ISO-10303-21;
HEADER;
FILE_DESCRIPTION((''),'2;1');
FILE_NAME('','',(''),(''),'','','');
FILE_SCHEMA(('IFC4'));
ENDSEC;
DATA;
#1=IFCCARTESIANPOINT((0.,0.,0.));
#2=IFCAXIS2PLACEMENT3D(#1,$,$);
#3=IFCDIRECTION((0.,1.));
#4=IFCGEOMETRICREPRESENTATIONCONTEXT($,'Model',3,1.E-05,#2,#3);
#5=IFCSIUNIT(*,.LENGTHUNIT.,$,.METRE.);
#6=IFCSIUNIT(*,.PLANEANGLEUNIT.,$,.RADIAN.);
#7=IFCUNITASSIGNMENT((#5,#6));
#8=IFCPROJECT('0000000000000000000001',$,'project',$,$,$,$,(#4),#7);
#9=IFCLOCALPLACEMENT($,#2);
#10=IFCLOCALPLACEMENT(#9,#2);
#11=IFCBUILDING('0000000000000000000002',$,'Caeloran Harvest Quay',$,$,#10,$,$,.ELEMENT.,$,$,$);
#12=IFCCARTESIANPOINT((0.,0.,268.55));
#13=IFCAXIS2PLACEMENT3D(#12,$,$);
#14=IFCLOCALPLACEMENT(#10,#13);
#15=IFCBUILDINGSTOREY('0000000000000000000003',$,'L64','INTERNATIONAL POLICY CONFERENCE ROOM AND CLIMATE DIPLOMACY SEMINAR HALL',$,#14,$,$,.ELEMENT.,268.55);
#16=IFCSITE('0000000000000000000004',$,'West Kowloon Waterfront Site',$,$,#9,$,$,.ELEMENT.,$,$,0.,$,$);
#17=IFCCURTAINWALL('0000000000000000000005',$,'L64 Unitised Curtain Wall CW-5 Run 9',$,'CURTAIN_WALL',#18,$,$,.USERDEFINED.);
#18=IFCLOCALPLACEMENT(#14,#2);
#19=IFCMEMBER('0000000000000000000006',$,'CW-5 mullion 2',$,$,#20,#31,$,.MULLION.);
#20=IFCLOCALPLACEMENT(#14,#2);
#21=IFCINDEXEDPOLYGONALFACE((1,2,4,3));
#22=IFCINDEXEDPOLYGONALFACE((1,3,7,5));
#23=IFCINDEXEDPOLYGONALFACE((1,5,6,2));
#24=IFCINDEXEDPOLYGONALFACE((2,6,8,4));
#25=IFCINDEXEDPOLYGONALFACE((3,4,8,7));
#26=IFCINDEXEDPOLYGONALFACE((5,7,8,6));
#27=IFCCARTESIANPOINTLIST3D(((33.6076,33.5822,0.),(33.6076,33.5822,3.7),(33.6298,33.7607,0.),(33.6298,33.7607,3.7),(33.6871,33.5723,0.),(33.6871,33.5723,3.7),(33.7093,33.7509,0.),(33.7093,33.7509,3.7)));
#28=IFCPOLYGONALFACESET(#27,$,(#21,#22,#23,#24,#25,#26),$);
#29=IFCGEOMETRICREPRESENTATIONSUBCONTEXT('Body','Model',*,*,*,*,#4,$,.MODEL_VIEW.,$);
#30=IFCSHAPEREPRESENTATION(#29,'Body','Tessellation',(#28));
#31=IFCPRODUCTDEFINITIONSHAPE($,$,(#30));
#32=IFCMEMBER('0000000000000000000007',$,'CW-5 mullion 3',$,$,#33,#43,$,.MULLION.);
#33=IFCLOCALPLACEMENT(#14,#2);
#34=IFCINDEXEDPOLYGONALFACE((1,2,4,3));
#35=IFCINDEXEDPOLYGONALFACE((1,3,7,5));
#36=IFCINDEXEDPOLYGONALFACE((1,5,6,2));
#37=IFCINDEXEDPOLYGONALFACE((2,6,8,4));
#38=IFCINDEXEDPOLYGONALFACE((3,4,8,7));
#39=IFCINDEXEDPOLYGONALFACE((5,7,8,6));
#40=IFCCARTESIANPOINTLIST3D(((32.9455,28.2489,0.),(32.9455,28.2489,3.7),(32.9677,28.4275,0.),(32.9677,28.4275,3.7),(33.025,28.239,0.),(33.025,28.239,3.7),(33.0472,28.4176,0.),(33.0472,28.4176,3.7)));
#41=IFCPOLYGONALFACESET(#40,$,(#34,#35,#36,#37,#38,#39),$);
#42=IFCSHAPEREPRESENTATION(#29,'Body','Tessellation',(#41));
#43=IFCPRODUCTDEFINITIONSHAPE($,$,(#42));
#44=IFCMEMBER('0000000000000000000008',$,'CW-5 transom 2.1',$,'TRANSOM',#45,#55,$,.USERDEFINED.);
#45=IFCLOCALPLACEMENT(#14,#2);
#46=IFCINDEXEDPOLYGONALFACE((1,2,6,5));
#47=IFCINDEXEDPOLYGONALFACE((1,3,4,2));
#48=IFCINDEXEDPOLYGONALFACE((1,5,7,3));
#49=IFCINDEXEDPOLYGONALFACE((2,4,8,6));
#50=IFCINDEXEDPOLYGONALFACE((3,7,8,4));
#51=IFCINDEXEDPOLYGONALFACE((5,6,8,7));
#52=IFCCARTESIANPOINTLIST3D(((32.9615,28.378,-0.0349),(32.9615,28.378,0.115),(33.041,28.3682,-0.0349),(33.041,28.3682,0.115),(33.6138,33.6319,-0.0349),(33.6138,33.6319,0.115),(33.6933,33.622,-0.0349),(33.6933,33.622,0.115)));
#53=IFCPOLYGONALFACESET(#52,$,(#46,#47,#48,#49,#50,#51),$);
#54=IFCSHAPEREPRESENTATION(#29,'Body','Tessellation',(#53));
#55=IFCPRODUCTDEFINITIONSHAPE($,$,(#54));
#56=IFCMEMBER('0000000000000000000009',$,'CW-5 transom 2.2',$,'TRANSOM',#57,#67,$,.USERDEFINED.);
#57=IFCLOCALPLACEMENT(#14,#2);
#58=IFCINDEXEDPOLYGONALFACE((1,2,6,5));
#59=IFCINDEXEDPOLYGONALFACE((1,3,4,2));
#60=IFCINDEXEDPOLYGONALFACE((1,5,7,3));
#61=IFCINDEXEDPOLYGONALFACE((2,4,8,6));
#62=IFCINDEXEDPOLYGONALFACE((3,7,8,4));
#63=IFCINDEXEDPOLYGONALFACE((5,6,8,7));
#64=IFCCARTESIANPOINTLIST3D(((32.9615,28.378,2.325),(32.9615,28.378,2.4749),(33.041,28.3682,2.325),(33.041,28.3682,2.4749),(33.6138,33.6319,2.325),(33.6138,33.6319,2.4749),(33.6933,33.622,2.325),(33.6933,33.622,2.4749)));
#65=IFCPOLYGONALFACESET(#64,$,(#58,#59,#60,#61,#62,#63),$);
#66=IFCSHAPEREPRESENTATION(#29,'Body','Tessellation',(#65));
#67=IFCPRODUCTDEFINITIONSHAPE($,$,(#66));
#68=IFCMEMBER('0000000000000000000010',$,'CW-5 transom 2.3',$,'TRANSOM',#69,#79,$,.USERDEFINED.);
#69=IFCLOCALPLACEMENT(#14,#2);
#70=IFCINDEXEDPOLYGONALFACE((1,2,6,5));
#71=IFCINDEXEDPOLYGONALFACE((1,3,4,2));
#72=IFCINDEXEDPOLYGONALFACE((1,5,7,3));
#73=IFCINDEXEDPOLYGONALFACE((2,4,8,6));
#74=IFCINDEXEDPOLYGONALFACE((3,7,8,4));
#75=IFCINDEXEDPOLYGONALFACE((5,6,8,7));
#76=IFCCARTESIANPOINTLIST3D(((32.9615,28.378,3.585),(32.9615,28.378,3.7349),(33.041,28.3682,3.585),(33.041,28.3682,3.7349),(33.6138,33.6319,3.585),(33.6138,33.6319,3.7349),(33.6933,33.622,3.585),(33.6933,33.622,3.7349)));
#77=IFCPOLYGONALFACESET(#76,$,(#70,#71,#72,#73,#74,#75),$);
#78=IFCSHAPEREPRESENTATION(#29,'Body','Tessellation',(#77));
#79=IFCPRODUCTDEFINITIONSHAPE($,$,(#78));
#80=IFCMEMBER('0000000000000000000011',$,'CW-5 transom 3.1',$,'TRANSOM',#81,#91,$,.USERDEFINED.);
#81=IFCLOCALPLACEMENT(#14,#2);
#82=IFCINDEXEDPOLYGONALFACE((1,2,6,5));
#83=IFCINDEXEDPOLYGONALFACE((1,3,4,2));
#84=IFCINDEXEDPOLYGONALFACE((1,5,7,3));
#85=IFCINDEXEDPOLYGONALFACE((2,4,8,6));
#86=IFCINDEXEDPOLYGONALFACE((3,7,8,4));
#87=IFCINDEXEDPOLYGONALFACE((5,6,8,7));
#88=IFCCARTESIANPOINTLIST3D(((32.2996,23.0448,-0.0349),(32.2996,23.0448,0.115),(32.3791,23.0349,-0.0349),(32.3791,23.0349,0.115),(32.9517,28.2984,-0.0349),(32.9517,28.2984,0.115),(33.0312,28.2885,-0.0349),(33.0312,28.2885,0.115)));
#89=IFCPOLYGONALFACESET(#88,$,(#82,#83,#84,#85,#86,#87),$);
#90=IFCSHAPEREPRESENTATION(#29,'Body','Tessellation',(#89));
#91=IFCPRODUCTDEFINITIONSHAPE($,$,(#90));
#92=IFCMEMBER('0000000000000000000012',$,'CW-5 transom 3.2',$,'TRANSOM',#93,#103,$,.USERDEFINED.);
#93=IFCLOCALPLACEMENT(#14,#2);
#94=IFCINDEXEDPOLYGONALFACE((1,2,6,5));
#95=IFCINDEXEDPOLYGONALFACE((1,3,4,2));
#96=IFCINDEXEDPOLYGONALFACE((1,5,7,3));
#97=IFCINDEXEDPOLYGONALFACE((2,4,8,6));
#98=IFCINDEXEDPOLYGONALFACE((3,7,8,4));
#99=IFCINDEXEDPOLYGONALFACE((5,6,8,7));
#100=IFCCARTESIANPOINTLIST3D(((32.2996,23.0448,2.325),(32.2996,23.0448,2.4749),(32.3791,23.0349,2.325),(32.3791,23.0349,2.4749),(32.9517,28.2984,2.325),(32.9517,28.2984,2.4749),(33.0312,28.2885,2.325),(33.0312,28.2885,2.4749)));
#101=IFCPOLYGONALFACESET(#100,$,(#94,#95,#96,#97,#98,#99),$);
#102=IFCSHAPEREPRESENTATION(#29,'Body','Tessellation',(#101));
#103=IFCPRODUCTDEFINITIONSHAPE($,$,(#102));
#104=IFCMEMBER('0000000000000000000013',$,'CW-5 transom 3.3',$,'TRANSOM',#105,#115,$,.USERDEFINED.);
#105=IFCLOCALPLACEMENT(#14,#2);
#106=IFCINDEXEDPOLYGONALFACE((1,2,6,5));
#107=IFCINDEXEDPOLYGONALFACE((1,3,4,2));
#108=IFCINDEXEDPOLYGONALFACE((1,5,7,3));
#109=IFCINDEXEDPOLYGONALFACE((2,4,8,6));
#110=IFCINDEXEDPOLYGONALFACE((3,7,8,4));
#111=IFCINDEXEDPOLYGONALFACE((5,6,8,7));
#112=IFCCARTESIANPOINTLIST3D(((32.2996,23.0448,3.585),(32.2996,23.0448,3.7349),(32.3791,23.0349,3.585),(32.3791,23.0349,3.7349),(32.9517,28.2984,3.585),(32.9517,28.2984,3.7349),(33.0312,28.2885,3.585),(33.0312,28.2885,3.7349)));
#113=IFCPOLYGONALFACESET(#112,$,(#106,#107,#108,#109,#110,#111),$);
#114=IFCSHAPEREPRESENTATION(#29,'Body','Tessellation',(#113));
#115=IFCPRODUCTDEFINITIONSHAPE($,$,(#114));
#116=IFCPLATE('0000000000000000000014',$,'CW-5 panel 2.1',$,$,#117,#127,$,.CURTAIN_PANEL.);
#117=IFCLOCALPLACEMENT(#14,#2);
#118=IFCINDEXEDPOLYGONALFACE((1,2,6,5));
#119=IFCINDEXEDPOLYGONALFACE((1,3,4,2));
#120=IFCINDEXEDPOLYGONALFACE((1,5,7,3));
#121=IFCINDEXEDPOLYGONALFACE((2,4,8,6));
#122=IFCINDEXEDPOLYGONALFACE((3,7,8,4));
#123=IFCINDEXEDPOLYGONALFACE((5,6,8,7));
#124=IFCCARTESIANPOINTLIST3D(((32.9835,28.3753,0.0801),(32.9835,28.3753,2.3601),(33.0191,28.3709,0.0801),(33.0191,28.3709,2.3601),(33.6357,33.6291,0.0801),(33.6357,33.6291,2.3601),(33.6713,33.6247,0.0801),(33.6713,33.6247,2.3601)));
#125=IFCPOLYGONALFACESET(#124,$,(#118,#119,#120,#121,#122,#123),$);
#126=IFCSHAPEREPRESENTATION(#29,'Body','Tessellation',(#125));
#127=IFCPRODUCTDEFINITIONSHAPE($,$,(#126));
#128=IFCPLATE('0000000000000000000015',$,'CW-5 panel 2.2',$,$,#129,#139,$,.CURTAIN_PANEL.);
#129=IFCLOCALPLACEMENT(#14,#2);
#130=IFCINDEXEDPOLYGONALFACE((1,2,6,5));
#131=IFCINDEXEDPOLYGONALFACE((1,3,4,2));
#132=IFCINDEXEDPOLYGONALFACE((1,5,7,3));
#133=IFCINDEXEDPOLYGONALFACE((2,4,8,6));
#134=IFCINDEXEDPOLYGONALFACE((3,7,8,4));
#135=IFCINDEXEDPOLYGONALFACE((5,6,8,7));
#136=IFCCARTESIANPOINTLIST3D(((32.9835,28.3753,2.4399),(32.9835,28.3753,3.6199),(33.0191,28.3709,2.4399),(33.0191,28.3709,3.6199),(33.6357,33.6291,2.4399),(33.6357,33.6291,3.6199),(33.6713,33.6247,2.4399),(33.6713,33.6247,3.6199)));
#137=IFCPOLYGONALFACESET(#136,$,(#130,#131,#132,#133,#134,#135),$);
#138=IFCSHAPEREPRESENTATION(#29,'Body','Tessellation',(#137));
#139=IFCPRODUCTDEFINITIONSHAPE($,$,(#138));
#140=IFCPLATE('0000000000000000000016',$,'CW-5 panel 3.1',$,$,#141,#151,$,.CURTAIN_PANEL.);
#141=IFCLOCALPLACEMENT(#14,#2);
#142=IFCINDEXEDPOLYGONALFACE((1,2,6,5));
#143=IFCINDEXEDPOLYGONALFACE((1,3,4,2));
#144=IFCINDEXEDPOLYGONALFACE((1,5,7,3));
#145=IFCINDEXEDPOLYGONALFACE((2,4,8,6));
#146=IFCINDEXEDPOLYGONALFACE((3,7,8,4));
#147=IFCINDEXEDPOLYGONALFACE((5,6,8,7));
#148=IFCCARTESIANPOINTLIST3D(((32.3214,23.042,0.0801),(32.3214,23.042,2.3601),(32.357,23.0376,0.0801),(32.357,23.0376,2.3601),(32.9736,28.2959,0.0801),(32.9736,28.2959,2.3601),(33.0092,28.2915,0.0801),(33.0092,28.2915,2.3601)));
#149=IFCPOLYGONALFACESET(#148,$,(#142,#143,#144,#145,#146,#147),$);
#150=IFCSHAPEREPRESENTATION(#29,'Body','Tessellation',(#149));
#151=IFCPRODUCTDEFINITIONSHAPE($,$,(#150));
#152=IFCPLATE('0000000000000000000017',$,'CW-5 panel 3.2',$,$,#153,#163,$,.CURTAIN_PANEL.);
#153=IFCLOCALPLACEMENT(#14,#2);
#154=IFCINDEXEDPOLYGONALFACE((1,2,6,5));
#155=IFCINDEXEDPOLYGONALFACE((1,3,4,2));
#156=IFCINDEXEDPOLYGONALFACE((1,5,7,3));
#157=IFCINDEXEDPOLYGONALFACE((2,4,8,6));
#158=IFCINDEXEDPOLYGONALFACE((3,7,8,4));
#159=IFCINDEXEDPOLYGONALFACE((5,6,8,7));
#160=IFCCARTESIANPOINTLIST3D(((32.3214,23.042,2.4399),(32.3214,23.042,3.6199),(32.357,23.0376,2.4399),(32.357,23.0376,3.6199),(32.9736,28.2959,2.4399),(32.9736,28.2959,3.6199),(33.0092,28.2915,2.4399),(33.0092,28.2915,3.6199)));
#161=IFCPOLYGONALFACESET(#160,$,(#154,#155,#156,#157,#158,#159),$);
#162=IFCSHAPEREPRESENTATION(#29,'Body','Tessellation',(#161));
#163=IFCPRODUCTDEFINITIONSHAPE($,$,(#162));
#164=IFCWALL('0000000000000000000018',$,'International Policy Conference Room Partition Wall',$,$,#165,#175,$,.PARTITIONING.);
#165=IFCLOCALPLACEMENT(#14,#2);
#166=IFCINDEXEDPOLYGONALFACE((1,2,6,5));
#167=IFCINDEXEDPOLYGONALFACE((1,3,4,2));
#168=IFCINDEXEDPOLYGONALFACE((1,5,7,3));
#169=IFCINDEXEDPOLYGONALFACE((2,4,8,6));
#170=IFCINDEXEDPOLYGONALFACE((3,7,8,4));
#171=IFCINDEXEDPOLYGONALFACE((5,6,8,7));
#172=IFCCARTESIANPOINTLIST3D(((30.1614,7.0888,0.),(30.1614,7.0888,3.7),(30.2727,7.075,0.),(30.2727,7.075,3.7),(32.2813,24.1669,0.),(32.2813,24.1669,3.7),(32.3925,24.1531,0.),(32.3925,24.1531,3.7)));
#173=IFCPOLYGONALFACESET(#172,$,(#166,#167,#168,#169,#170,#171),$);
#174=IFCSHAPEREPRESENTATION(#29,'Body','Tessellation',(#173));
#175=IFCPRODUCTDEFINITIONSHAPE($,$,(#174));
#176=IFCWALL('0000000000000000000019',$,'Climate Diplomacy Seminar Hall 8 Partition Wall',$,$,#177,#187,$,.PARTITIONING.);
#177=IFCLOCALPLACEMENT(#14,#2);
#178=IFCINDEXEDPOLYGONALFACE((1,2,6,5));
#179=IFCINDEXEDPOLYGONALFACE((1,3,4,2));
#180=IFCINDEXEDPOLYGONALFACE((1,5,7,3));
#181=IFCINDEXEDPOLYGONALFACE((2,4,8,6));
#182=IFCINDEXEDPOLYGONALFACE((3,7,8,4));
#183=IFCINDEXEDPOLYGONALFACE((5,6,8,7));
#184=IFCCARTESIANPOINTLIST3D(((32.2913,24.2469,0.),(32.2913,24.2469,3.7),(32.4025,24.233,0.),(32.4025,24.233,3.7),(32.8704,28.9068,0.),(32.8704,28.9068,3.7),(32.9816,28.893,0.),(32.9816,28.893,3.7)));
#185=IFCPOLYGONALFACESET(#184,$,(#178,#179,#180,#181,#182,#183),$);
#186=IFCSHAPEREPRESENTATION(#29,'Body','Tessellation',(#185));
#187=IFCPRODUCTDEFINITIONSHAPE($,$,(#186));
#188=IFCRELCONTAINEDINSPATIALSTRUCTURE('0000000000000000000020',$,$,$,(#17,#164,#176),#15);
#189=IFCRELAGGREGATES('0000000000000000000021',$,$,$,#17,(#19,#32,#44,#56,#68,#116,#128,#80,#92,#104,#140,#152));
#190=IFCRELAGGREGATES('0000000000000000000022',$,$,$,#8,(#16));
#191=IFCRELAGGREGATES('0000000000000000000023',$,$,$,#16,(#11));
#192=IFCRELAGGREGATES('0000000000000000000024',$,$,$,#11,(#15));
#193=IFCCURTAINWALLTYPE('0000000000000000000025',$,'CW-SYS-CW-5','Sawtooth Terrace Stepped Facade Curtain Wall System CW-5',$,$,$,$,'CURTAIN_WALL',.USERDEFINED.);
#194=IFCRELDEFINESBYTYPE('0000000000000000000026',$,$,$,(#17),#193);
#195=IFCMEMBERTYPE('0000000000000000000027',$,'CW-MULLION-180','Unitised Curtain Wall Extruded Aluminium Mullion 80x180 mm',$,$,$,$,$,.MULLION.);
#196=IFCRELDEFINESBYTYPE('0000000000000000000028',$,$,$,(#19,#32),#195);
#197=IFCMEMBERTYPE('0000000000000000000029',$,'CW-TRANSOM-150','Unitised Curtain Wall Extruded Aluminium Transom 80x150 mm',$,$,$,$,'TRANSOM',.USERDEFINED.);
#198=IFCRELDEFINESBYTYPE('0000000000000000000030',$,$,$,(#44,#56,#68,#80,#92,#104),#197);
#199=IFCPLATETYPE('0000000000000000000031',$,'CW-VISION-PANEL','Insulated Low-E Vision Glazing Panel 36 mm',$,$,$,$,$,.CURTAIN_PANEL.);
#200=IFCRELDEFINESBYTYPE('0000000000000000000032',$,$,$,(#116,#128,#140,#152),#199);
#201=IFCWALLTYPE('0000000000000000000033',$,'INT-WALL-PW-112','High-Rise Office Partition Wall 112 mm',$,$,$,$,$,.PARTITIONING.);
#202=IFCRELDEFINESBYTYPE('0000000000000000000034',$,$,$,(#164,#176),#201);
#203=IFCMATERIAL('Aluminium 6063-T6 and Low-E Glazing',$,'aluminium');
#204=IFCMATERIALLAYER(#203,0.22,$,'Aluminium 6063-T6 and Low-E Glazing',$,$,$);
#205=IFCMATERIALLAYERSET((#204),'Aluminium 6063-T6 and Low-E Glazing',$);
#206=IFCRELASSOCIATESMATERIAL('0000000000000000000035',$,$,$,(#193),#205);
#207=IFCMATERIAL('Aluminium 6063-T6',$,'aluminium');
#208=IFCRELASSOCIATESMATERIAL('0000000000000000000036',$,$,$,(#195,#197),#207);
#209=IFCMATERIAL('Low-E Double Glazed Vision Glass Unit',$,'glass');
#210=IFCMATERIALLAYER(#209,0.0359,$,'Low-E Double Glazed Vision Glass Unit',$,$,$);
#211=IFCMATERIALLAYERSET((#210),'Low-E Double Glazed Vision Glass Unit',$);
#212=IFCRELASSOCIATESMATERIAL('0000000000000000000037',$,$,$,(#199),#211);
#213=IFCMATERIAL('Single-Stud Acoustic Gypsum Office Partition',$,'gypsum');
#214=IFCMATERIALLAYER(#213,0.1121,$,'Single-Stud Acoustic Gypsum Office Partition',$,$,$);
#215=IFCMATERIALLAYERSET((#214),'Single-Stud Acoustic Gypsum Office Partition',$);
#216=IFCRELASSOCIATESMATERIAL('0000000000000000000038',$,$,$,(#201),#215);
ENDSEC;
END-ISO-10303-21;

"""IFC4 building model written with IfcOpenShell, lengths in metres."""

from ifc_helpers import new_model, si_unit, direction, frame, frame_2d, origin, origin_2d, place, context, subcontext, project, spatial, rectangle, extrude, material, layer, layer_set, material_profile, profile_set, type_object, element, aggregate, save


model = new_model("IFC4")

# Units and contexts
model_context = context("Model", 3, precision=1e-05, world=origin(), true_north=direction((0.0, 1.0)))
body_context = subcontext(model_context, "Body", "Model", "MODEL_VIEW")
ifc_project = project(units=[si_unit("LENGTHUNIT", "METRE"), si_unit("PLANEANGLEUNIT", "RADIAN")], contexts=[model_context])

# Site, building, storey
site_placement = place(None, origin())
site = spatial("IfcSite", under=ifc_project, at=site_placement, Name="West Kowloon Waterfront Site", CompositionType="ELEMENT", RefElevation=0.0)
building_placement = place(site_placement, origin())
building = spatial("IfcBuilding", under=site, at=building_placement, Name="Caeloran Harvest Quay", CompositionType="ELEMENT")
storey_placement = place(building_placement, frame((0.0, 0.0, 268.55)))
storey = spatial("IfcBuildingStorey", under=building, at=storey_placement, Name="L64", Description="INTERNATIONAL POLICY CONFERENCE ROOM AND CLIMATE DIPLOMACY SEMINAR HALL", CompositionType="ELEMENT", Elevation=268.55)

# Curtain wall, members, plates
ifc_material_1 = material(Name="Aluminium 6063-T6 and Low-E Glazing", Category="aluminium")
ifc_layer_1 = layer(ifc_material_1, 0.22, Name="Aluminium 6063-T6 and Low-E Glazing")
ifc_layer_set_1 = layer_set([ifc_layer_1], Name="Aluminium 6063-T6 and Low-E Glazing")
curtain_wall_type = type_object("IfcCurtainWallType", Name="CW-SYS-CW-5", Description="Sawtooth Terrace Stepped Facade Curtain Wall System CW-5", ElementType="CURTAIN_WALL", PredefinedType="USERDEFINED", material=ifc_layer_set_1)
curtain_wall_placement = place(storey_placement, origin())
curtain_wall = element("IfcCurtainWall", 1, at=curtain_wall_placement, inside=storey, type_object=curtain_wall_type, Name="L64 Unitised Curtain Wall CW-5 Run 9", ObjectType="CURTAIN_WALL", PredefinedType="USERDEFINED")
ifc_material_2 = material(Name="Aluminium 6063-T6", Category="aluminium")
ifc_material_profile_1 = material_profile(ifc_material_2, rectangle(XDim=0.0801, YDim=0.1799, at=origin_2d()), Name="CW-MULLION-180")
ifc_profile_set_1 = profile_set([ifc_material_profile_1], Name="Aluminium 6063-T6")
member_type_1 = type_object("IfcMemberType", Name="CW-MULLION-180", Description="Unitised Curtain Wall Extruded Aluminium Mullion 80x180 mm", PredefinedType="MULLION", material=ifc_profile_set_1)
member_1_placement = place(storey_placement, frame((33.6584, 33.6665, 0.0), z_axis=(0.0, 0.0, 1.0), x_axis=(0.992383, -0.12319, 0.0)))
member_1 = element("IfcMember", 2, at=member_1_placement, type_object=member_type_1, Name="CW-5 mullion 2", PredefinedType="MULLION", context=body_context, shape_type="SweptSolid", body=[
    extrude(rectangle(XDim=0.0801, YDim=0.1799, at=origin_2d()), origin(), (0.0, 0.0, 1.0), 3.7),
])
member_2_placement = place(storey_placement, frame((32.9963, 28.3333, 0.0), z_axis=(0.0, 0.0, 1.0), x_axis=(0.992383, -0.12319, 0.0)))
member_2 = element("IfcMember", 3, at=member_2_placement, type_object=member_type_1, Name="CW-5 mullion 3", PredefinedType="MULLION", context=body_context, shape_type="SweptSolid", body=[
    extrude(rectangle(XDim=0.0801, YDim=0.1799, at=origin_2d()), origin(), (0.0, 0.0, 1.0), 3.7),
])
ifc_material_profile_2 = material_profile(ifc_material_2, rectangle(XDim=0.0801, YDim=0.1499, at=origin_2d()), Name="CW-TRANSOM-150")
ifc_profile_set_2 = profile_set([ifc_material_profile_2], Name="Aluminium 6063-T6")
member_type_2 = type_object("IfcMemberType", Name="CW-TRANSOM-150", Description="Unitised Curtain Wall Extruded Aluminium Transom 80x150 mm", ElementType="TRANSOM", PredefinedType="USERDEFINED", material=ifc_profile_set_2)
member_3_placement = place(storey_placement, frame((33.6536, 33.627, 0.04), z_axis=(-0.123217, -0.99238, 0.0), x_axis=(0.99238, -0.123217, 0.0)))
member_3 = element("IfcMember", 4, at=member_3_placement, type_object=member_type_2, Name="CW-5 transom 2.1", ObjectType="TRANSOM", PredefinedType="USERDEFINED", context=body_context, shape_type="SweptSolid", body=[
    extrude(rectangle(XDim=0.0801, YDim=0.1499, at=origin_2d()), origin(), (0.0, 0.0, 1.0), 5.2942),
])
member_4_placement = place(storey_placement, frame((33.6536, 33.627, 2.3999), z_axis=(-0.123217, -0.99238, 0.0), x_axis=(0.99238, -0.123217, 0.0)))
member_4 = element("IfcMember", 5, at=member_4_placement, type_object=member_type_2, Name="CW-5 transom 2.2", ObjectType="TRANSOM", PredefinedType="USERDEFINED", context=body_context, shape_type="SweptSolid", body=[
    extrude(rectangle(XDim=0.0801, YDim=0.1499, at=origin_2d()), origin(), (0.0, 0.0, 1.0), 5.2942),
])
member_5_placement = place(storey_placement, frame((33.6536, 33.627, 3.6599), z_axis=(-0.123217, -0.99238, 0.0), x_axis=(0.99238, -0.123217, 0.0)))
member_5 = element("IfcMember", 6, at=member_5_placement, type_object=member_type_2, Name="CW-5 transom 2.3", ObjectType="TRANSOM", PredefinedType="USERDEFINED", context=body_context, shape_type="SweptSolid", body=[
    extrude(rectangle(XDim=0.0801, YDim=0.1499, at=origin_2d()), origin(), (0.0, 0.0, 1.0), 5.2942),
])
member_6_placement = place(storey_placement, frame((32.9915, 28.2935, 0.04), z_axis=(-0.123178, -0.992385, 0.0), x_axis=(0.992385, -0.123178, 0.0)))
member_6 = element("IfcMember", 7, at=member_6_placement, type_object=member_type_2, Name="CW-5 transom 3.1", ObjectType="TRANSOM", PredefinedType="USERDEFINED", context=body_context, shape_type="SweptSolid", body=[
    extrude(rectangle(XDim=0.0801, YDim=0.1499, at=origin_2d()), origin(), (0.0, 0.0, 1.0), 5.2939),
])
member_7_placement = place(storey_placement, frame((32.9915, 28.2935, 2.3999), z_axis=(-0.123178, -0.992385, 0.0), x_axis=(0.992385, -0.123178, 0.0)))
member_7 = element("IfcMember", 8, at=member_7_placement, type_object=member_type_2, Name="CW-5 transom 3.2", ObjectType="TRANSOM", PredefinedType="USERDEFINED", context=body_context, shape_type="SweptSolid", body=[
    extrude(rectangle(XDim=0.0801, YDim=0.1499, at=origin_2d()), origin(), (0.0, 0.0, 1.0), 5.2939),
])
member_8_placement = place(storey_placement, frame((32.9915, 28.2935, 3.6599), z_axis=(-0.123178, -0.992385, 0.0), x_axis=(0.992385, -0.123178, 0.0)))
member_8 = element("IfcMember", 9, at=member_8_placement, type_object=member_type_2, Name="CW-5 transom 3.3", ObjectType="TRANSOM", PredefinedType="USERDEFINED", context=body_context, shape_type="SweptSolid", body=[
    extrude(rectangle(XDim=0.0801, YDim=0.1499, at=origin_2d()), origin(), (0.0, 0.0, 1.0), 5.2939),
])
ifc_material_3 = material(Name="Low-E Double Glazed Vision Glass Unit", Category="glass")
ifc_layer_2 = layer(ifc_material_3, 0.0359, Name="Low-E Double Glazed Vision Glass Unit")
ifc_layer_set_2 = layer_set([ifc_layer_2], Name="Low-E Double Glazed Vision Glass Unit")
plate_type = type_object("IfcPlateType", Name="CW-VISION-PANEL", Description="Insulated Low-E Vision Glazing Panel 36 mm", PredefinedType="CURTAIN_PANEL", material=ifc_layer_set_2)
plate_1_placement = place(storey_placement, frame((33.3274, 31.0, 0.0801), z_axis=(0.0, 0.0, 1.0), x_axis=(-0.12319, -0.992383, 0.0)))
plate_1 = element("IfcPlate", 10, at=plate_1_placement, type_object=plate_type, Name="CW-5 panel 2.1", PredefinedType="CURTAIN_PANEL", context=body_context, shape_type="SweptSolid", body=[
    extrude(rectangle(XDim=5.2942, YDim=0.0359, at=origin_2d()), origin(), (0.0, 0.0, 1.0), 2.28),
])
plate_2_placement = place(storey_placement, frame((33.3274, 31.0, 2.4399), z_axis=(0.0, 0.0, 1.0), x_axis=(-0.12319, -0.992383, 0.0)))
plate_2 = element("IfcPlate", 11, at=plate_2_placement, type_object=plate_type, Name="CW-5 panel 2.2", PredefinedType="CURTAIN_PANEL", context=body_context, shape_type="SweptSolid", body=[
    extrude(rectangle(XDim=5.2942, YDim=0.0359, at=origin_2d()), origin(), (0.0, 0.0, 1.0), 1.1799),
])
plate_3_placement = place(storey_placement, frame((32.6653, 25.6667, 0.0801), z_axis=(0.0, 0.0, 1.0), x_axis=(-0.12319, -0.992383, 0.0)))
plate_3 = element("IfcPlate", 12, at=plate_3_placement, type_object=plate_type, Name="CW-5 panel 3.1", PredefinedType="CURTAIN_PANEL", context=body_context, shape_type="SweptSolid", body=[
    extrude(rectangle(XDim=5.2942, YDim=0.0359, at=origin_2d()), origin(), (0.0, 0.0, 1.0), 2.28),
])
plate_4_placement = place(storey_placement, frame((32.6653, 25.6667, 2.4399), z_axis=(0.0, 0.0, 1.0), x_axis=(-0.12319, -0.992383, 0.0)))
plate_4 = element("IfcPlate", 13, at=plate_4_placement, type_object=plate_type, Name="CW-5 panel 3.2", PredefinedType="CURTAIN_PANEL", context=body_context, shape_type="SweptSolid", body=[
    extrude(rectangle(XDim=5.2942, YDim=0.0359, at=origin_2d()), origin(), (0.0, 0.0, 1.0), 1.1799),
])
aggregate(curtain_wall, [member_1, member_2, member_3, member_4, member_5, plate_1, plate_2, member_6, member_7, member_8, plate_3, plate_4])

# Walls
ifc_material_4 = material(Name="Single-Stud Acoustic Gypsum Office Partition", Category="gypsum")
ifc_layer_3 = layer(ifc_material_4, 0.1121, Name="Single-Stud Acoustic Gypsum Office Partition")
ifc_layer_set_3 = layer_set([ifc_layer_3], Name="Single-Stud Acoustic Gypsum Office Partition")
wall_type = type_object("IfcWallType", Name="INT-WALL-PW-112", Description="High-Rise Office Partition Wall 112 mm", PredefinedType="PARTITIONING", material=ifc_layer_set_3)
wall_1_placement = place(storey_placement, frame((32.3369, 24.1599, 0.0), z_axis=(0.0, 0.0, 1.0), x_axis=(-0.123183, -0.992384, 0.0)))
element("IfcWall", 14, at=wall_1_placement, inside=storey, type_object=wall_type, Name="International Policy Conference Room Partition Wall", PredefinedType="PARTITIONING", context=body_context, shape_type="SweptSolid", body=[
    extrude(rectangle(XDim=17.2092, YDim=0.1121, at=frame_2d((8.6045, 0.0))), origin(), (0.0, 0.0, 1.0), 3.7),
])
wall_2_placement = place(storey_placement, frame((32.926, 28.8999, 0.0), z_axis=(0.0, 0.0, 1.0), x_axis=(-0.123324, -0.992366, 0.0)))
element("IfcWall", 15, at=wall_2_placement, inside=storey, type_object=wall_type, Name="Climate Diplomacy Seminar Hall 8 Partition Wall", PredefinedType="PARTITIONING", context=body_context, shape_type="SweptSolid", body=[
    extrude(rectangle(XDim=4.6958, YDim=0.1121, at=frame_2d((2.3479, 0.0))), origin(), (0.0, 0.0, 1.0), 3.7),
])

save(model, "model.ifc")
